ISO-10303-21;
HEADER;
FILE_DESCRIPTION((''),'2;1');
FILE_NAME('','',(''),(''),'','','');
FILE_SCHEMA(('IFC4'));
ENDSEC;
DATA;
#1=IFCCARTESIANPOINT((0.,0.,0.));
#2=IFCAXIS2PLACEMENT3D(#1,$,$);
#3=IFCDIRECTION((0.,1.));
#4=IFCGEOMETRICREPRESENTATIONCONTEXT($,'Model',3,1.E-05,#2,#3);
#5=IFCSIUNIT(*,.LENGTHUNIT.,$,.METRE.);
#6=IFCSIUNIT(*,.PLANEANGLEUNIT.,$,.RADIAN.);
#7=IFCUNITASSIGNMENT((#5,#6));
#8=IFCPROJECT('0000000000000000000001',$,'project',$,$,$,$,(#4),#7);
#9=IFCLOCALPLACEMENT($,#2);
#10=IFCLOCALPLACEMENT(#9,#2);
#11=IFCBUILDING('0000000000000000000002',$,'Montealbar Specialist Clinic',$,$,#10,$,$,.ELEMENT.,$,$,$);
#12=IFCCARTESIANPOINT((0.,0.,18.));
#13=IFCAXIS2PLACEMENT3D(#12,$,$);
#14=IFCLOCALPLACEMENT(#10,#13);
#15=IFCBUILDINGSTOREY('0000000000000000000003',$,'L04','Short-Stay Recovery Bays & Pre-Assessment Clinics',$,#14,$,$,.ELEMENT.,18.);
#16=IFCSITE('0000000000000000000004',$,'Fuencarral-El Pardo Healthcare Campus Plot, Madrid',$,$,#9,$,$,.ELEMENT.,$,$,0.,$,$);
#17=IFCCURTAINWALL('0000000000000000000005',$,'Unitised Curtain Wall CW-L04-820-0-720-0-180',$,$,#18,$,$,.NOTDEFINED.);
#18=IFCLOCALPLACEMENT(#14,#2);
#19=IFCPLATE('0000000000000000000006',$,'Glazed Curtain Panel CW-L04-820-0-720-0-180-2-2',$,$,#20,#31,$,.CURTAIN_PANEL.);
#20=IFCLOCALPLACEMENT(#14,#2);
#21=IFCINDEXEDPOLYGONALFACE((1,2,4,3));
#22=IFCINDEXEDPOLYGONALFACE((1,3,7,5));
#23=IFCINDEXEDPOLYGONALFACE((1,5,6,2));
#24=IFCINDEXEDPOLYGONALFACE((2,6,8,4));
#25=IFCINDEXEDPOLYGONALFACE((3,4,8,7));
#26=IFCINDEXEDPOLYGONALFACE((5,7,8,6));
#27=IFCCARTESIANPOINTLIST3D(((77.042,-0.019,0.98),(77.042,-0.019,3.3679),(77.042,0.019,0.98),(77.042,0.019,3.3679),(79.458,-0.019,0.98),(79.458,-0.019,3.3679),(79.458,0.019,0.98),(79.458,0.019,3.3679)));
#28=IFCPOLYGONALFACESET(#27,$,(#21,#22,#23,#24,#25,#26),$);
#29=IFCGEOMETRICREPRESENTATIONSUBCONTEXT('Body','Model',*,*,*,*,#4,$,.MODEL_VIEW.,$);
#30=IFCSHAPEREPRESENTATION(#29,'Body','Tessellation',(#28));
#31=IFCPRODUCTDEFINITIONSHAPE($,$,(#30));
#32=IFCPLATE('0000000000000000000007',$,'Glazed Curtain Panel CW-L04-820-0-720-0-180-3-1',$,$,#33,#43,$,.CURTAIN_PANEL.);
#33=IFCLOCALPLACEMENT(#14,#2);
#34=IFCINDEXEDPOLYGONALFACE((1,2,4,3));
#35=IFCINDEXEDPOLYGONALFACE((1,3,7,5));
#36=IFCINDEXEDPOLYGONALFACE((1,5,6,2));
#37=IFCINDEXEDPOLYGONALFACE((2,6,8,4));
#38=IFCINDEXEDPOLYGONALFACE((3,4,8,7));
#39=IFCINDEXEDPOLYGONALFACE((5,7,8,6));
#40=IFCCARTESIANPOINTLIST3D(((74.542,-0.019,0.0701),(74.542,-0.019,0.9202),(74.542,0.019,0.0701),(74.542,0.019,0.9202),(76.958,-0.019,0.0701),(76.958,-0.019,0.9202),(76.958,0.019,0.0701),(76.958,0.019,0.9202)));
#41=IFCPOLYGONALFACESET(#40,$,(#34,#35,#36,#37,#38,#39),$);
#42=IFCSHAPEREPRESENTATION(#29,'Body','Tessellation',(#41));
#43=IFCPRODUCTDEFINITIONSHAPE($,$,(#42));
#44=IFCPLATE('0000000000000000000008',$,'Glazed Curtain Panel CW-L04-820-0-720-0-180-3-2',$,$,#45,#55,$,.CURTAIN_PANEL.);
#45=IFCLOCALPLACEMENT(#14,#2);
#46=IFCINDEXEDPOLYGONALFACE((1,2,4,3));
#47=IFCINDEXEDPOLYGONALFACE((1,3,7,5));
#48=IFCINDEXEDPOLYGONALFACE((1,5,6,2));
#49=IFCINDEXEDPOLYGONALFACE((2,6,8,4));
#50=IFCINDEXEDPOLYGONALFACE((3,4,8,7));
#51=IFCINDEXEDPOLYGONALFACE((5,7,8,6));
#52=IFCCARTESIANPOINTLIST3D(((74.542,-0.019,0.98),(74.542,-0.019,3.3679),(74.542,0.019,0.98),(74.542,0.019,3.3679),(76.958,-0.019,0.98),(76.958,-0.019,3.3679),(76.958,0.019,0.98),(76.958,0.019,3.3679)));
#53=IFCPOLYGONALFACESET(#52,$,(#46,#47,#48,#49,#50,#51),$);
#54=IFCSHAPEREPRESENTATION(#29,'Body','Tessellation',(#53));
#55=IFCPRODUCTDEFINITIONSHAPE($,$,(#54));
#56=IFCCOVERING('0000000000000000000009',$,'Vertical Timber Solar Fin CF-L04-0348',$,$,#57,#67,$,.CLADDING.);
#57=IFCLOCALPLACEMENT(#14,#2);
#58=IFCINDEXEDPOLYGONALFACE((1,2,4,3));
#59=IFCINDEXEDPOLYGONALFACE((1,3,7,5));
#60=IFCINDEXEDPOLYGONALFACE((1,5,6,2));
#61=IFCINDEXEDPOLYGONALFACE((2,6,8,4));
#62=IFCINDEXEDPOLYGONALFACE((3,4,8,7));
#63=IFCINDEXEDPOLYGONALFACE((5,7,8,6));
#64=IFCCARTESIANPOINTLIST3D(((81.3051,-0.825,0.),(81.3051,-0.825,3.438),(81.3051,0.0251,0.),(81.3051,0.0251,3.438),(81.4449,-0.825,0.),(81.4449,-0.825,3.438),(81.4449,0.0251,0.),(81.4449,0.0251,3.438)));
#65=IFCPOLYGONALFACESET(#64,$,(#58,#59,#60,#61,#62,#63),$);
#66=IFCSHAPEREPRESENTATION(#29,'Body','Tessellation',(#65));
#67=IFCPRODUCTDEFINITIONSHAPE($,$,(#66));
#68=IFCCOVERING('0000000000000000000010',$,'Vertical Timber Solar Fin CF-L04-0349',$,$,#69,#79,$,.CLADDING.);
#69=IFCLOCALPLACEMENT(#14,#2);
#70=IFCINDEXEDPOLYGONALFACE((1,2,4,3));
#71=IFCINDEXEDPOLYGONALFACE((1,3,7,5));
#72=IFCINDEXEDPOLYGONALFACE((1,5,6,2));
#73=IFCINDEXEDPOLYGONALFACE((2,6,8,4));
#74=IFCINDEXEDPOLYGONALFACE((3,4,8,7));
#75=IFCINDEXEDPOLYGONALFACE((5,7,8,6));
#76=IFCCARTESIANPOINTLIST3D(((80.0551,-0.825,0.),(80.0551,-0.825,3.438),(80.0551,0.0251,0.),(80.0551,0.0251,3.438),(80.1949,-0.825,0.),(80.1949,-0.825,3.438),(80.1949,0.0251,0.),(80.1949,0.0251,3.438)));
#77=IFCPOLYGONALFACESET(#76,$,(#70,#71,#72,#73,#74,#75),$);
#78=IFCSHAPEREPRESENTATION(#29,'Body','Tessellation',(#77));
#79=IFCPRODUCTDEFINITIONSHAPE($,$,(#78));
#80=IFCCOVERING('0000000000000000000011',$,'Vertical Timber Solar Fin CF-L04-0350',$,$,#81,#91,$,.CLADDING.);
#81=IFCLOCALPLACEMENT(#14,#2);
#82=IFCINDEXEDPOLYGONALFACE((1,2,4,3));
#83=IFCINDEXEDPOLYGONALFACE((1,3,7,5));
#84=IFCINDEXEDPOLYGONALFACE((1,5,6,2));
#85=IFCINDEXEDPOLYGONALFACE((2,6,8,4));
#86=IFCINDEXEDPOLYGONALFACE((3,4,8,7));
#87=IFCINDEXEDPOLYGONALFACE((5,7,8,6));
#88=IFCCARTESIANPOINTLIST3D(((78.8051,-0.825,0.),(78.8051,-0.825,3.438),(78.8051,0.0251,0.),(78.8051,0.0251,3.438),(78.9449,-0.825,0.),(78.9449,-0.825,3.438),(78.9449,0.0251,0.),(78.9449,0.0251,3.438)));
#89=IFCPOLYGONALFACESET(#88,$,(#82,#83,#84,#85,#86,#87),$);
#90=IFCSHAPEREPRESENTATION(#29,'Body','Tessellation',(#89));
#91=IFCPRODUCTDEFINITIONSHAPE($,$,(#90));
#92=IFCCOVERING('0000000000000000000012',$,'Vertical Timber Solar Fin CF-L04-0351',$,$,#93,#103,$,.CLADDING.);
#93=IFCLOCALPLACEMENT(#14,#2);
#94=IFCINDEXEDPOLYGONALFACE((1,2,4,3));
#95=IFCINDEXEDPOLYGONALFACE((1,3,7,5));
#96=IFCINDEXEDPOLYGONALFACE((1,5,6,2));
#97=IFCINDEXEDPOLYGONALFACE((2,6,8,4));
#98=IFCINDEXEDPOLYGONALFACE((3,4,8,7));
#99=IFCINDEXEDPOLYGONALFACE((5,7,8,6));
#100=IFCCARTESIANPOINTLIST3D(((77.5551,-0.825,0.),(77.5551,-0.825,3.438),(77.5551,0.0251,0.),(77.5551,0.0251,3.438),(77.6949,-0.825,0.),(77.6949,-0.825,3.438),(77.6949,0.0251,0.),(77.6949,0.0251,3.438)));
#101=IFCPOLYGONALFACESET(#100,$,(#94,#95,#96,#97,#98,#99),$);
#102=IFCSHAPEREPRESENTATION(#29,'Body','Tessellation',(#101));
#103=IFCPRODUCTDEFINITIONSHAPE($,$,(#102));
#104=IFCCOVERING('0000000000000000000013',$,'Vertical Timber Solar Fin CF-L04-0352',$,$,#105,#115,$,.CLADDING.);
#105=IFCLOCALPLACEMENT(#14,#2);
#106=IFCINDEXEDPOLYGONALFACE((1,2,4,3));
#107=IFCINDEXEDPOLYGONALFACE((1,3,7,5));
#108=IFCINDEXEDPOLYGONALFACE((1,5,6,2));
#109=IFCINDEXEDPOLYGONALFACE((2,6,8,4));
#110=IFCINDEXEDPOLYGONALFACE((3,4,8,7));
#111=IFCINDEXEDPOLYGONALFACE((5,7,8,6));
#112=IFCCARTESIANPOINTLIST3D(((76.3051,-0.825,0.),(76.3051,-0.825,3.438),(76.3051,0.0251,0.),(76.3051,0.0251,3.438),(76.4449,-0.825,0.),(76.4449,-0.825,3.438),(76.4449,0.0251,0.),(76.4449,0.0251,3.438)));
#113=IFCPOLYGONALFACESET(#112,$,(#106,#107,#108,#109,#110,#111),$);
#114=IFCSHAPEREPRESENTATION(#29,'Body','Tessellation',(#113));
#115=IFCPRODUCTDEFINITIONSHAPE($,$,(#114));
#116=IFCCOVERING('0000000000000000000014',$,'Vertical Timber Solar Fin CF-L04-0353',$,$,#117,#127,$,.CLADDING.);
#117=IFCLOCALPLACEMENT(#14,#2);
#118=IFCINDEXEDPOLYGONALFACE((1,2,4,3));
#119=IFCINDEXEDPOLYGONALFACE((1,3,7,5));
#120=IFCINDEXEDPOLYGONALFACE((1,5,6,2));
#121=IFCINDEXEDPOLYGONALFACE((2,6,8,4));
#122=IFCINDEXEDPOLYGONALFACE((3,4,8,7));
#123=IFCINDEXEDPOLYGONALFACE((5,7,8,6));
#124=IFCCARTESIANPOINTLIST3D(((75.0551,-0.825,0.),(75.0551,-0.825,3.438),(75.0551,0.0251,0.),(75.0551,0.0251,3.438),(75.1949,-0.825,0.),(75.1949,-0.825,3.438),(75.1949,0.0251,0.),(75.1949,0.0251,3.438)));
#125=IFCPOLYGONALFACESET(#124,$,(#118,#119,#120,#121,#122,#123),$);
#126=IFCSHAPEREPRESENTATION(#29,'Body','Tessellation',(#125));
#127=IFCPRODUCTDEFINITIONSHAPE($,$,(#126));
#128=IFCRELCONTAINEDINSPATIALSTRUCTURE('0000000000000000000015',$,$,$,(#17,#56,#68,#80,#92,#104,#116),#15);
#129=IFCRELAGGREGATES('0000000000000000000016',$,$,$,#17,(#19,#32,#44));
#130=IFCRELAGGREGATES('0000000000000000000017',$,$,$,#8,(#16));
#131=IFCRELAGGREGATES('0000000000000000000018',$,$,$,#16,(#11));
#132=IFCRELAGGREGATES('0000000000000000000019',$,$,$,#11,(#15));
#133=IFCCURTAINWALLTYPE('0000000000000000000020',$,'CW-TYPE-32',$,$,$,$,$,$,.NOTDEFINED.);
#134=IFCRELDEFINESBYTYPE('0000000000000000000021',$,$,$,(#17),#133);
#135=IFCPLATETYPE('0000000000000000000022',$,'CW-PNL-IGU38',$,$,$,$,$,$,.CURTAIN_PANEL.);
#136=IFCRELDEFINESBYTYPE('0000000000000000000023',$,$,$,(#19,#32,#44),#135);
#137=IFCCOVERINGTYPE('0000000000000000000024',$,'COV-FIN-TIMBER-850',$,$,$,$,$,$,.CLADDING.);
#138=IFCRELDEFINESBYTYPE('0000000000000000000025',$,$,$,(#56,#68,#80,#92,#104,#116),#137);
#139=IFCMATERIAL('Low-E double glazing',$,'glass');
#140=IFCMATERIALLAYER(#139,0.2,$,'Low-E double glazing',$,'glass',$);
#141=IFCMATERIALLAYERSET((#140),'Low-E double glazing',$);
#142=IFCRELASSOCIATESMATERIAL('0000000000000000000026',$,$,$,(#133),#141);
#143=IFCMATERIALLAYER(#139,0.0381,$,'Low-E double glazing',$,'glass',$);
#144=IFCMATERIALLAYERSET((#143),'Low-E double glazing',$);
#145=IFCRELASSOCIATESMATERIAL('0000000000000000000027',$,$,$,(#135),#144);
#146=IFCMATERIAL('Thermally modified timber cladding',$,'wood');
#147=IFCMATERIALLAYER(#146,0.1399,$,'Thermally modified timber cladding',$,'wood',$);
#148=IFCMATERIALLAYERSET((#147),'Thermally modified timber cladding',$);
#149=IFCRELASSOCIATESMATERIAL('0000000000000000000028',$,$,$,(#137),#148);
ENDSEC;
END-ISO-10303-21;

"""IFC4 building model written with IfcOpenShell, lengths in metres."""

from ifc_helpers import new_model, si_unit, direction, frame, origin, origin_2d, place, context, subcontext, project, spatial, rectangle, extrude, material, layer, layer_set, type_object, element, aggregate, save


model = new_model("IFC4")

# Units and contexts
model_context = context("Model", 3, precision=1e-05, world=origin(), true_north=direction((0.0, 1.0)))
body_context = subcontext(model_context, "Body", "Model", "MODEL_VIEW")
ifc_project = project(units=[si_unit("LENGTHUNIT", "METRE"), si_unit("PLANEANGLEUNIT", "RADIAN")], contexts=[model_context])

# Site, building, storey
site_placement = place(None, origin())
site = spatial("IfcSite", under=ifc_project, at=site_placement, Name="Fuencarral-El Pardo Healthcare Campus Plot, Madrid", CompositionType="ELEMENT", RefElevation=0.0)
building_placement = place(site_placement, origin())
building = spatial("IfcBuilding", under=site, at=building_placement, Name="Montealbar Specialist Clinic", CompositionType="ELEMENT")
storey_placement = place(building_placement, frame((0.0, 0.0, 18.0)))
storey = spatial("IfcBuildingStorey", under=building, at=storey_placement, Name="L04", Description="Short-Stay Recovery Bays & Pre-Assessment Clinics", CompositionType="ELEMENT", Elevation=18.0)

# Shared definitions
ifc_material_1 = material(Name="Low-E double glazing", Category="glass")

# Curtain wall, plates
ifc_layer_1 = layer(ifc_material_1, 0.2, Name="Low-E double glazing", Category="glass")
ifc_layer_set_1 = layer_set([ifc_layer_1], Name="Low-E double glazing")
curtain_wall_type_1 = type_object("IfcCurtainWallType", Name="CW-TYPE-32", PredefinedType="NOTDEFINED", material=ifc_layer_set_1)
curtain_wall_1_placement = place(storey_placement, origin())
curtain_wall_1 = element("IfcCurtainWall", 1, at=curtain_wall_1_placement, inside=storey, type_object=curtain_wall_type_1, Name="Unitised Curtain Wall CW-L04-820-0-720-0-180", PredefinedType="NOTDEFINED")
ifc_layer_2 = layer(ifc_material_1, 0.0381, Name="Low-E double glazing", Category="glass")
ifc_layer_set_2 = layer_set([ifc_layer_2], Name="Low-E double glazing")
plate_type = type_object("IfcPlateType", Name="CW-PNL-IGU38", PredefinedType="CURTAIN_PANEL", material=ifc_layer_set_2)
plate_1_placement = place(storey_placement, frame((78.25, 0.0, 0.98), z_axis=(0.0, 0.0, 1.0), x_axis=(-1.0, 0.0, 0.0)))
plate_1 = element("IfcPlate", 2, at=plate_1_placement, type_object=plate_type, Name="Glazed Curtain Panel CW-L04-820-0-720-0-180-2-2", PredefinedType="CURTAIN_PANEL", context=body_context, shape_type="SweptSolid", body=[
    extrude(rectangle(XDim=2.416, YDim=0.0381, at=origin_2d()), origin(), (0.0, 0.0, 1.0), 2.3879),
])
plate_2_placement = place(storey_placement, frame((75.75, 0.0, 0.0701), z_axis=(0.0, 0.0, 1.0), x_axis=(-1.0, 0.0, 0.0)))
plate_2 = element("IfcPlate", 3, at=plate_2_placement, type_object=plate_type, Name="Glazed Curtain Panel CW-L04-820-0-720-0-180-3-1", PredefinedType="CURTAIN_PANEL", context=body_context, shape_type="SweptSolid", body=[
    extrude(rectangle(XDim=2.416, YDim=0.0381, at=origin_2d()), origin(), (0.0, 0.0, 1.0), 0.8501),
])
plate_3_placement = place(storey_placement, frame((75.75, 0.0, 0.98), z_axis=(0.0, 0.0, 1.0), x_axis=(-1.0, 0.0, 0.0)))
plate_3 = element("IfcPlate", 4, at=plate_3_placement, type_object=plate_type, Name="Glazed Curtain Panel CW-L04-820-0-720-0-180-3-2", PredefinedType="CURTAIN_PANEL", context=body_context, shape_type="SweptSolid", body=[
    extrude(rectangle(XDim=2.416, YDim=0.0381, at=origin_2d()), origin(), (0.0, 0.0, 1.0), 2.3879),
])
aggregate(curtain_wall_1, [plate_1, plate_2, plate_3])

# Coverings
ifc_material_2 = material(Name="Thermally modified timber cladding", Category="wood")
ifc_layer_3 = layer(ifc_material_2, 0.1399, Name="Thermally modified timber cladding", Category="wood")
ifc_layer_set_3 = layer_set([ifc_layer_3], Name="Thermally modified timber cladding")
covering_type = type_object("IfcCoveringType", Name="COV-FIN-TIMBER-850", PredefinedType="CLADDING", material=ifc_layer_set_3)
for number, where, z_axis, x_axis, name in (
    (5, (81.375, -0.3999, 0.0), (0.0, 0.0, 1.0), (0.0, -1.0, 0.0), "Vertical Timber Solar Fin CF-L04-0348"),
    (6, (80.125, -0.3999, 0.0), (0.0, 0.0, 1.0), (0.0, -1.0, 0.0), "Vertical Timber Solar Fin CF-L04-0349"),
    (7, (78.875, -0.3999, 0.0), (0.0, 0.0, 1.0), (0.0, -1.0, 0.0), "Vertical Timber Solar Fin CF-L04-0350"),
    (8, (77.625, -0.3999, 0.0), (0.0, 0.0, 1.0), (0.0, -1.0, 0.0), "Vertical Timber Solar Fin CF-L04-0351"),
    (9, (76.375, -0.3999, 0.0), (0.0, 0.0, 1.0), (0.0, -1.0, 0.0), "Vertical Timber Solar Fin CF-L04-0352"),
    (10, (75.125, -0.3999, 0.0), (0.0, 0.0, 1.0), (0.0, -1.0, 0.0), "Vertical Timber Solar Fin CF-L04-0353"),
):
    element("IfcCovering", number, at=place(storey_placement, frame(where, z_axis=z_axis, x_axis=x_axis)), inside=storey, type_object=covering_type, Name=name, PredefinedType="CLADDING", context=body_context, shape_type="SweptSolid", body=[
        extrude(rectangle(XDim=0.8501, YDim=0.1399, at=origin_2d()), origin(), (0.0, 0.0, 1.0), 3.438),
    ])

save(model, "model.ifc")
